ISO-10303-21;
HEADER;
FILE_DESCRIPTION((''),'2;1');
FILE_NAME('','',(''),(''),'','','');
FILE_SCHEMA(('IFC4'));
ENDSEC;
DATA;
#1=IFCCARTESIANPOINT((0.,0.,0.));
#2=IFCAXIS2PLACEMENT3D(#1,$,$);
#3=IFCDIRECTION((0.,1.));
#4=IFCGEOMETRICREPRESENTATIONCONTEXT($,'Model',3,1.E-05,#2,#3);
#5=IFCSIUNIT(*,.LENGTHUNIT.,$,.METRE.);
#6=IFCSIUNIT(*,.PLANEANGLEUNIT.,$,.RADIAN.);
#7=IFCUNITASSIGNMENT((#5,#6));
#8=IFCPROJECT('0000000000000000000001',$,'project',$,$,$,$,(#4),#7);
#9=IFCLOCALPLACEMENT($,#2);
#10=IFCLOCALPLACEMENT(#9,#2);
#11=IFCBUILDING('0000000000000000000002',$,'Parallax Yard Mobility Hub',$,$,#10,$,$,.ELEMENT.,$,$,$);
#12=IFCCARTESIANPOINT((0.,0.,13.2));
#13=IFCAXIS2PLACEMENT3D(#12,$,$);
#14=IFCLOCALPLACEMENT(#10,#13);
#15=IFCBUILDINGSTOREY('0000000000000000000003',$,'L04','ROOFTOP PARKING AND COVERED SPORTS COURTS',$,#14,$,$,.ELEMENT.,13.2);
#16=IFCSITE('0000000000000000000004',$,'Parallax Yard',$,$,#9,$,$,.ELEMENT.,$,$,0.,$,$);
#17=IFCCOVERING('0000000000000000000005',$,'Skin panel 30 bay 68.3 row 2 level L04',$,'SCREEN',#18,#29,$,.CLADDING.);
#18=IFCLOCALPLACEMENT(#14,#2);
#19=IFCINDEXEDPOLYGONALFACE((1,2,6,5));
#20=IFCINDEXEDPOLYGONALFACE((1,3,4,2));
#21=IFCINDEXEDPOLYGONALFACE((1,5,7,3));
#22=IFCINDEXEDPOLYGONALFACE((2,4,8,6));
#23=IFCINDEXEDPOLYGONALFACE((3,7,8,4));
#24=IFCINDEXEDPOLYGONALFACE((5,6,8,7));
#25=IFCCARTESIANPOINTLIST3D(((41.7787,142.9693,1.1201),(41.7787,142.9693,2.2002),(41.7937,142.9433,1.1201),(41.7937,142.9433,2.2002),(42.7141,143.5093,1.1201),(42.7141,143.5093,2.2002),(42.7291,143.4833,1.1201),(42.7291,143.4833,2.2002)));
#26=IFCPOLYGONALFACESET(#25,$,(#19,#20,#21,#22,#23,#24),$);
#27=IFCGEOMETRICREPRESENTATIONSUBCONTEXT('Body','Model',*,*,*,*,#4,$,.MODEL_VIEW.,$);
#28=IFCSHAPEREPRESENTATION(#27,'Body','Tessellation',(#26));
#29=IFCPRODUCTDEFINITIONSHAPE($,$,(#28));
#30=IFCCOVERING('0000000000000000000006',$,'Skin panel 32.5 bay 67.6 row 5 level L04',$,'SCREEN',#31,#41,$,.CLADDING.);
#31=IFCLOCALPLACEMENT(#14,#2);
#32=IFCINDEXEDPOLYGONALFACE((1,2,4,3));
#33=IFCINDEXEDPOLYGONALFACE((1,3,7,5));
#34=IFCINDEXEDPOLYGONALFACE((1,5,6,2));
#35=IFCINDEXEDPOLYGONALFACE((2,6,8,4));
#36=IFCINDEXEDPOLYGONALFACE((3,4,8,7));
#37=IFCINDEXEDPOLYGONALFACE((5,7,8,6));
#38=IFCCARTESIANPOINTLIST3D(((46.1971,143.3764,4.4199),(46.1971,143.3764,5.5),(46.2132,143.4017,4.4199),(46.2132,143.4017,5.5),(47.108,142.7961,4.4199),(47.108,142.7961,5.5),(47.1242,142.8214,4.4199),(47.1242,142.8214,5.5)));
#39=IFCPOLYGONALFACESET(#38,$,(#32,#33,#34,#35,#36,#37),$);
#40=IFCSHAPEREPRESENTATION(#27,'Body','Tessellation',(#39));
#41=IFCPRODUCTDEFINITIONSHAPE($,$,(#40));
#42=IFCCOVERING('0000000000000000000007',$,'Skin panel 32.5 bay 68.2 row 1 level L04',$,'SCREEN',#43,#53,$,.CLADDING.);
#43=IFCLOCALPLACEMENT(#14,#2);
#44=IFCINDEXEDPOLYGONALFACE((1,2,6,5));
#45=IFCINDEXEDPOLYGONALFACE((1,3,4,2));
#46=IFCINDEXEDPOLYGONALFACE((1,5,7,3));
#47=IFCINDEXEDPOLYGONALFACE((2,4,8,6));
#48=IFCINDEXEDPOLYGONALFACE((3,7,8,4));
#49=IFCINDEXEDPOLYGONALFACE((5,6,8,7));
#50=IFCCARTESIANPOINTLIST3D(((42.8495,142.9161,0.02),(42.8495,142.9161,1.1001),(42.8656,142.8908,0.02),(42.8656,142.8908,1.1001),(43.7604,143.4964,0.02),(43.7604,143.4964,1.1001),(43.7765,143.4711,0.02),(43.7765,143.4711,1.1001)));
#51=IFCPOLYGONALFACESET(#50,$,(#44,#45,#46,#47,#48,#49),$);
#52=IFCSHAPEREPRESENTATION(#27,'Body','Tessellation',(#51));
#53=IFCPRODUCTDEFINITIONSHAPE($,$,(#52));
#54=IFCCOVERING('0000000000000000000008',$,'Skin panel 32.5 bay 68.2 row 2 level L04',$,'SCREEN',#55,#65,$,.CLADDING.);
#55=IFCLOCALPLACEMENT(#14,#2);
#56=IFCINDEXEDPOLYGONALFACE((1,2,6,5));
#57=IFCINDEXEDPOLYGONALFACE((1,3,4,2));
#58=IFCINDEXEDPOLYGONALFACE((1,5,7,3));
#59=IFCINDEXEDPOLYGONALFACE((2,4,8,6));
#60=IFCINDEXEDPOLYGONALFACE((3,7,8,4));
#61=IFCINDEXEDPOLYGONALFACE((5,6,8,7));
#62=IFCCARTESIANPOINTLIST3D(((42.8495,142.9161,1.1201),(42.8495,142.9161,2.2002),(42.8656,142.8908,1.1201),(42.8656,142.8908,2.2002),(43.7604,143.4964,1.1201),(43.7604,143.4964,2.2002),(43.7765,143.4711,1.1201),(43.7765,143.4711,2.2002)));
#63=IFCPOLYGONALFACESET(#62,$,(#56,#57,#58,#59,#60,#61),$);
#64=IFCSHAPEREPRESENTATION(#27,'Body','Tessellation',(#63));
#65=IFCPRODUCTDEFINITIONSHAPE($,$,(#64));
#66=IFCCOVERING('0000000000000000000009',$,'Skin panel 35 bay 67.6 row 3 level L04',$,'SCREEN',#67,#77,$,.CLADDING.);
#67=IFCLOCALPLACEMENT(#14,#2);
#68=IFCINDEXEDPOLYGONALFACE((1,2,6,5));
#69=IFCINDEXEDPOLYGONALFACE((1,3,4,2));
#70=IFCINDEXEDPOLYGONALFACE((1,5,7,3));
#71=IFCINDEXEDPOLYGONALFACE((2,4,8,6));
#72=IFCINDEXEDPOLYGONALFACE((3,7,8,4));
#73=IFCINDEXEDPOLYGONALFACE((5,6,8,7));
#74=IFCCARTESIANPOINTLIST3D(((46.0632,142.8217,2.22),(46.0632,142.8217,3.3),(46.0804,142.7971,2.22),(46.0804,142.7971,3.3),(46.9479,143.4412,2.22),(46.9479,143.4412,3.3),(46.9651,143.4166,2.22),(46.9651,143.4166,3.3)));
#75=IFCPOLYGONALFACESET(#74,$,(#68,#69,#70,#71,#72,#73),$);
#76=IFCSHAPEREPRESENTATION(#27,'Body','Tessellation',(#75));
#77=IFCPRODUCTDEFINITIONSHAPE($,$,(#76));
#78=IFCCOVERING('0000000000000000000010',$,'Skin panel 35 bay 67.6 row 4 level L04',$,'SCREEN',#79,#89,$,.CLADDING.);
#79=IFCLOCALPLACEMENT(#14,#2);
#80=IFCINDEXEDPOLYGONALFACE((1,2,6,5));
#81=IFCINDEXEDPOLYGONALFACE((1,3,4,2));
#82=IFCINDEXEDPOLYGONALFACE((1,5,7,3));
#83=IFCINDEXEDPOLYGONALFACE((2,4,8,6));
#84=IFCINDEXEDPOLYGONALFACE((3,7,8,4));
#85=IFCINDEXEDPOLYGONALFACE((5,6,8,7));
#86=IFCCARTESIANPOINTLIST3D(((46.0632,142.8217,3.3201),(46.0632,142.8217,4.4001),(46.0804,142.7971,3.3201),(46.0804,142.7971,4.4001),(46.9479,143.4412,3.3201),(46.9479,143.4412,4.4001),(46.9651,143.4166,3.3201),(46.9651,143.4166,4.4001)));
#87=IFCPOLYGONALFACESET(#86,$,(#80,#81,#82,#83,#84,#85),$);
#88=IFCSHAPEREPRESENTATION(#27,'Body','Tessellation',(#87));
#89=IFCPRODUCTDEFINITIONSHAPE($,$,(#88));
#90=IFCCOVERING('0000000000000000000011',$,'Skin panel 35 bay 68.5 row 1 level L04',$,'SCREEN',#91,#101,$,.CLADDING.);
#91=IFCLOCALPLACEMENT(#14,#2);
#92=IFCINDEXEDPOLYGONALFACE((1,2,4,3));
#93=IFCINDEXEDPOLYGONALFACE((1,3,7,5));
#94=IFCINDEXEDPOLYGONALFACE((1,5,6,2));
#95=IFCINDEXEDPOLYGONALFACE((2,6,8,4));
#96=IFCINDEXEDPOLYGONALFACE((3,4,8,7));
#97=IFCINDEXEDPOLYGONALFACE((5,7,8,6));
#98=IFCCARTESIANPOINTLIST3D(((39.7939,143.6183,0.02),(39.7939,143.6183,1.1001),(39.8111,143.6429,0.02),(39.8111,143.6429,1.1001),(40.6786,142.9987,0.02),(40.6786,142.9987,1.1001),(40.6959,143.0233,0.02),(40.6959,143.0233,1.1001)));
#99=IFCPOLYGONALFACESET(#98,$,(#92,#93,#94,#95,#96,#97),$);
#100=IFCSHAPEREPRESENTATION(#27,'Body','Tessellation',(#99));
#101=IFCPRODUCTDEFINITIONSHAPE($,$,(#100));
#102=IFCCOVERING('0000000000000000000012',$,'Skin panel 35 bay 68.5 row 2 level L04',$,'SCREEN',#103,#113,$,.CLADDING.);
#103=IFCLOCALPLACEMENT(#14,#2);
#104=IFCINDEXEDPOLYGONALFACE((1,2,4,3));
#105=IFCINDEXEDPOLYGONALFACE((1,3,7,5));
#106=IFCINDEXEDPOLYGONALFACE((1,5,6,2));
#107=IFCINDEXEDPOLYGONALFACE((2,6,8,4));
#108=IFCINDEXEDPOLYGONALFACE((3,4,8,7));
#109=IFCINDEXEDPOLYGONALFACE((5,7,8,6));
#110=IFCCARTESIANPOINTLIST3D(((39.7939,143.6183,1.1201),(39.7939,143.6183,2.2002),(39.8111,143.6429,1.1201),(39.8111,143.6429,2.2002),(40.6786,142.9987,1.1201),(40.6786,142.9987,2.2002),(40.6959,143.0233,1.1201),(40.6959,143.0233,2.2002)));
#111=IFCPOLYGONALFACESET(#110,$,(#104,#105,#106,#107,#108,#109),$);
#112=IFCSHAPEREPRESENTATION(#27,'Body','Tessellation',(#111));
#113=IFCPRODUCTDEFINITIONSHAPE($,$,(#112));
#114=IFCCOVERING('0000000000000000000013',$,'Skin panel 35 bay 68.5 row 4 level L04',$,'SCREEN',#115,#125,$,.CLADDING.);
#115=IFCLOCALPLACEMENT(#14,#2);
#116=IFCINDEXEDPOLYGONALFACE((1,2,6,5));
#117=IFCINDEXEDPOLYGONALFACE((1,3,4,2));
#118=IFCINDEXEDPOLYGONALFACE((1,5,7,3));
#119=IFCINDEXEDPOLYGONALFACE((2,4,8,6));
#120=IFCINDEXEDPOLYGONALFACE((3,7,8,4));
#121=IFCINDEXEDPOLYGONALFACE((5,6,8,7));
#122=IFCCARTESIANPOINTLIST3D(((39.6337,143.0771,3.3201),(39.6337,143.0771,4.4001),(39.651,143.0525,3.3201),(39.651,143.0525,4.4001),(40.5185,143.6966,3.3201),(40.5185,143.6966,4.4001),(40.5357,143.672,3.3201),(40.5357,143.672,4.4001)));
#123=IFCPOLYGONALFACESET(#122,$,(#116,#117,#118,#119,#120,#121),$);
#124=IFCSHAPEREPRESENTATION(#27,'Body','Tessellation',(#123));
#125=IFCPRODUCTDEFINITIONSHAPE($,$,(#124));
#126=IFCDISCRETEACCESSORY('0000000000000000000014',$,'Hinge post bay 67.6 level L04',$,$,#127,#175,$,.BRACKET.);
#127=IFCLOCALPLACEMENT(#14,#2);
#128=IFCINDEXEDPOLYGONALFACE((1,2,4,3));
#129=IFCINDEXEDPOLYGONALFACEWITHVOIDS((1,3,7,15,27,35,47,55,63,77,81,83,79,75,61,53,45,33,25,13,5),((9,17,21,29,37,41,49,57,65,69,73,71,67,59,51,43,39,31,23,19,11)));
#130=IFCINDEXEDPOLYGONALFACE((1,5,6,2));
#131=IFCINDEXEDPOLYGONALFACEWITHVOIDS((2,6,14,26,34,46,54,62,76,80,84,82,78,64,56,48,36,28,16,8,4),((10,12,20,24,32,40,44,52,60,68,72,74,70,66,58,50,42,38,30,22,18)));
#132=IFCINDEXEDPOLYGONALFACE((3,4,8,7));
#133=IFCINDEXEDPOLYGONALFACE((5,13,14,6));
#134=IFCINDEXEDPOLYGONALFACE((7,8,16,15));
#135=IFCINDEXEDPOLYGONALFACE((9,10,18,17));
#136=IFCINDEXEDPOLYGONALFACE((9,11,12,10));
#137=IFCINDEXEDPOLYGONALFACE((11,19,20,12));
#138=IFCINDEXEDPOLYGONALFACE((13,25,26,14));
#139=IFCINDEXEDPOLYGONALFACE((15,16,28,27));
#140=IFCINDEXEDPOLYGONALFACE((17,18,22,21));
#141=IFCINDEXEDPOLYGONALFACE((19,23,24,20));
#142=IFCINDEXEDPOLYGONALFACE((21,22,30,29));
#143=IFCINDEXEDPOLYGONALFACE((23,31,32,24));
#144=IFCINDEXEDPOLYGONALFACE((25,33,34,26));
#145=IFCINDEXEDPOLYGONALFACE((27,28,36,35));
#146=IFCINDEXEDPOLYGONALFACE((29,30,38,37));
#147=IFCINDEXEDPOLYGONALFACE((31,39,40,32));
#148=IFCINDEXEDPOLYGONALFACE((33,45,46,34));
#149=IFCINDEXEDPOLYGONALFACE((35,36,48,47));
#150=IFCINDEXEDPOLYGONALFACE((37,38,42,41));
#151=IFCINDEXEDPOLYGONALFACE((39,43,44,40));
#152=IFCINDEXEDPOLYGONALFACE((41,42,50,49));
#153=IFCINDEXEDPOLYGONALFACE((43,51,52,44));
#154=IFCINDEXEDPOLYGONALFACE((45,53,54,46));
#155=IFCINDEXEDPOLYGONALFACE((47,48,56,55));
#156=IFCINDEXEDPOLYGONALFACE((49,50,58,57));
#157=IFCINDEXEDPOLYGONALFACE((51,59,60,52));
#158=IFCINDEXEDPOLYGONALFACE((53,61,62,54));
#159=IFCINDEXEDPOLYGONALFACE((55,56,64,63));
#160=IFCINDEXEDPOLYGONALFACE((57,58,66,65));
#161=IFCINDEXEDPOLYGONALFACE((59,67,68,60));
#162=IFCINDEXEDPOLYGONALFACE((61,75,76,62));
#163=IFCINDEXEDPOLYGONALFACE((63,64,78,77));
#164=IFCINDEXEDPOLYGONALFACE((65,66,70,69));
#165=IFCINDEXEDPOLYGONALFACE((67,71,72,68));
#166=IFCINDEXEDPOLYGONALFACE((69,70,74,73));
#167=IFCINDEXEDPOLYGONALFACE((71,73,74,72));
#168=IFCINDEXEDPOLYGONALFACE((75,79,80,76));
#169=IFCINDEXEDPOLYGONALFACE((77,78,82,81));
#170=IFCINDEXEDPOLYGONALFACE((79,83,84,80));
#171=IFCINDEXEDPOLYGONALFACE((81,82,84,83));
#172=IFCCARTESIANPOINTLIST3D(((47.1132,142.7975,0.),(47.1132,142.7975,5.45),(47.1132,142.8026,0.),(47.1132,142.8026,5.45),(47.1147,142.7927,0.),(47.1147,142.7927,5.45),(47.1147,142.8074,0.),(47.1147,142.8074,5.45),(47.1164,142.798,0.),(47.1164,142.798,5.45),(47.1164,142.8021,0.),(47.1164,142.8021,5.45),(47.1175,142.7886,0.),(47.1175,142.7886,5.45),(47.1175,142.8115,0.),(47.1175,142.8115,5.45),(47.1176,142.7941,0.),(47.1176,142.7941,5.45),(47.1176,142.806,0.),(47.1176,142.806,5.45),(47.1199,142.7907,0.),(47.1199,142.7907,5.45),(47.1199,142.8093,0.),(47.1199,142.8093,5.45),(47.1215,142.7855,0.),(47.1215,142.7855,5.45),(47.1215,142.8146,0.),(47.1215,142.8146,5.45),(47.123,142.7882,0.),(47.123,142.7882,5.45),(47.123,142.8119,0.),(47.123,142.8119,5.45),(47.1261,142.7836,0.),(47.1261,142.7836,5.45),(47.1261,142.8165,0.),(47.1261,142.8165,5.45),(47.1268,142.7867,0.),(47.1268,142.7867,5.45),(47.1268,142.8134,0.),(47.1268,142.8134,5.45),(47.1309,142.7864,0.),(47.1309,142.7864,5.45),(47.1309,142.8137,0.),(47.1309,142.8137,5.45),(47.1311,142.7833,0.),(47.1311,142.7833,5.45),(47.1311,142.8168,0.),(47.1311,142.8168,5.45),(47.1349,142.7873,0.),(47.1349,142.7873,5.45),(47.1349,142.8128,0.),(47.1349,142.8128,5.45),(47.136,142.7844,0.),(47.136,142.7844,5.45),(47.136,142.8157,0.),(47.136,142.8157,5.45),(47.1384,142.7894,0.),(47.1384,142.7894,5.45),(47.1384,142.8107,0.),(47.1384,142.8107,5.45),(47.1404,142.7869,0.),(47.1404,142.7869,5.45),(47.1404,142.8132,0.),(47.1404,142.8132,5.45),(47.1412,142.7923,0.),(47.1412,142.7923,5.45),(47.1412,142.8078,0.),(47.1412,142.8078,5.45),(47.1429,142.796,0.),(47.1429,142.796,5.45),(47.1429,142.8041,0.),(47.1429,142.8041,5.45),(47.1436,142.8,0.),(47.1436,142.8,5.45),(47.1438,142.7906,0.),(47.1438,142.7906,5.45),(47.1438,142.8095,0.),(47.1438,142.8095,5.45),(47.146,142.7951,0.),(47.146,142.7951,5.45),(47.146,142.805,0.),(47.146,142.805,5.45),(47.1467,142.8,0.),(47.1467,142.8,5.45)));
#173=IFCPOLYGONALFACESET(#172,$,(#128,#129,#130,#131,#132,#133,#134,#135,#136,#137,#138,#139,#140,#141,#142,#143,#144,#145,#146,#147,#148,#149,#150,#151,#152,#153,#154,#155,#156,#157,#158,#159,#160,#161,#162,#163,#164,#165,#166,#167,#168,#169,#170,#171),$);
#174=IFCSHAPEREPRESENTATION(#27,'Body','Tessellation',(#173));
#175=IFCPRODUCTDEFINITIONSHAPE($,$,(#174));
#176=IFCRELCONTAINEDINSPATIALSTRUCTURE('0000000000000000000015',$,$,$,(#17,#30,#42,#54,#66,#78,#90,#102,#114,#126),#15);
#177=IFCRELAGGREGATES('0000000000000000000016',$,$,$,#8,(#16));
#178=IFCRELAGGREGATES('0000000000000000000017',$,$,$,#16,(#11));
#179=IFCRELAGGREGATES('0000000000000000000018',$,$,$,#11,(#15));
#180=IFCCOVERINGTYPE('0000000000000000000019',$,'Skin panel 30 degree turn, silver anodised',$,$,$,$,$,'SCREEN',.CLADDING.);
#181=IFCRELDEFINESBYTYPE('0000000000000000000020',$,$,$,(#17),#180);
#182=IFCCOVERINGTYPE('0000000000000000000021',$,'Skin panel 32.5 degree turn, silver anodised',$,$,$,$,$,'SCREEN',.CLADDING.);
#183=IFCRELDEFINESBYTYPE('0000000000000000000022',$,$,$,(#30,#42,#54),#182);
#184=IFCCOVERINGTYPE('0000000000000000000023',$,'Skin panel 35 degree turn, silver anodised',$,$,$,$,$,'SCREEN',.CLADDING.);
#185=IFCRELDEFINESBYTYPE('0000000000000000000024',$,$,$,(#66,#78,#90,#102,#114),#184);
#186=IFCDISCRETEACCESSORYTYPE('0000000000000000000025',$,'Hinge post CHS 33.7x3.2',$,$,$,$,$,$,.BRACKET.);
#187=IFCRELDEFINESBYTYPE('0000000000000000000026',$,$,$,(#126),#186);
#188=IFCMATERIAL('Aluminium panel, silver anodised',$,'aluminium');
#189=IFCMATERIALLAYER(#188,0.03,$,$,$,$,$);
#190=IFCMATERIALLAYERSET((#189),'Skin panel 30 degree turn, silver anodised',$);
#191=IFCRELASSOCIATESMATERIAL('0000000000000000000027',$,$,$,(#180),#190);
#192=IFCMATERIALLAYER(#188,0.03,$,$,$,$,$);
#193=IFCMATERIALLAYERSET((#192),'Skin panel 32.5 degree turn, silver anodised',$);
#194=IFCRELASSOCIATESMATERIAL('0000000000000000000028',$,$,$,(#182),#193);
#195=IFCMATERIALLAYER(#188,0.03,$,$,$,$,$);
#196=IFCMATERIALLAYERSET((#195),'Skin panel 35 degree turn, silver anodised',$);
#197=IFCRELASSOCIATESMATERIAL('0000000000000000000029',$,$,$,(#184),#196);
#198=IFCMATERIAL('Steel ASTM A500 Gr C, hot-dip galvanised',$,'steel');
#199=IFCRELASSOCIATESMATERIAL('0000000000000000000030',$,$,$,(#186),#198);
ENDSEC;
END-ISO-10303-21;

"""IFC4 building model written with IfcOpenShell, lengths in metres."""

from ifc_helpers import new_model, si_unit, direction, frame, origin, origin_2d, place, context, subcontext, project, spatial, rectangle, hollow_circle, extrude, material, layer, layer_set, material_profile, profile_set, type_object, element, save


model = new_model("IFC4")

# Units and contexts
model_context = context("Model", 3, precision=1e-05, world=origin(), true_north=direction((0.0, 1.0)))
body_context = subcontext(model_context, "Body", "Model", "MODEL_VIEW")
ifc_project = project(units=[si_unit("LENGTHUNIT", "METRE"), si_unit("PLANEANGLEUNIT", "RADIAN")], contexts=[model_context])

# Site, building, storey
site_placement = place(None, origin())
site = spatial("IfcSite", under=ifc_project, at=site_placement, Name="Parallax Yard", CompositionType="ELEMENT", RefElevation=0.0)
building_placement = place(site_placement, origin())
building = spatial("IfcBuilding", under=site, at=building_placement, Name="Parallax Yard Mobility Hub", CompositionType="ELEMENT")
storey_placement = place(building_placement, frame((0.0, 0.0, 13.2)))
storey = spatial("IfcBuildingStorey", under=building, at=storey_placement, Name="L04", Description="ROOFTOP PARKING AND COVERED SPORTS COURTS", CompositionType="ELEMENT", Elevation=13.2)

# Coverings
ifc_material_1 = material(Name="Aluminium panel, silver anodised", Category="aluminium")
ifc_layer_1 = layer(ifc_material_1, 0.03)
ifc_layer_set_1 = layer_set([ifc_layer_1], Name="Skin panel 30 degree turn, silver anodised")
covering_type_1 = type_object("IfcCoveringType", Name="Skin panel 30 degree turn, silver anodised", ElementType="SCREEN", PredefinedType="CLADDING", material=ifc_layer_set_1)
for number, where, z_axis, x_axis, name in (
    (1, (42.2539, 143.2263, 1.1201), (0.0, 0.0, 1.0), (0.866025, 0.5, 0.0), "Skin panel 30 bay 68.3 row 2 level L04"),
):
    element("IfcCovering", number, at=place(storey_placement, frame(where, z_axis=z_axis, x_axis=x_axis)), inside=storey, type_object=covering_type_1, Name=name, ObjectType="SCREEN", PredefinedType="CLADDING", context=body_context, shape_type="SweptSolid", body=[
        extrude(rectangle(XDim=1.0801, YDim=0.03, at=origin_2d()), origin(), (0.0, 0.0, 1.0), 1.0801),
    ])
ifc_layer_2 = layer(ifc_material_1, 0.03)
ifc_layer_set_2 = layer_set([ifc_layer_2], Name="Skin panel 32.5 degree turn, silver anodised")
covering_type_2 = type_object("IfcCoveringType", Name="Skin panel 32.5 degree turn, silver anodised", ElementType="SCREEN", PredefinedType="CLADDING", material=ifc_layer_set_2)
for number, where, z_axis, x_axis, name in (
    (2, (46.6606, 143.0989, 4.4199), (0.0, 0.0, 1.0), (-0.843391, 0.5373, 0.0), "Skin panel 32.5 bay 67.6 row 5 level L04"),
    (3, (43.313, 143.1936, 0.02), (0.0, 0.0, 1.0), (0.843391, 0.5373, 0.0), "Skin panel 32.5 bay 68.2 row 1 level L04"),
    (4, (43.313, 143.1936, 1.1201), (0.0, 0.0, 1.0), (0.843391, 0.5373, 0.0), "Skin panel 32.5 bay 68.2 row 2 level L04"),
):
    element("IfcCovering", number, at=place(storey_placement, frame(where, z_axis=z_axis, x_axis=x_axis)), inside=storey, type_object=covering_type_2, Name=name, ObjectType="SCREEN", PredefinedType="CLADDING", context=body_context, shape_type="SweptSolid", body=[
        extrude(rectangle(XDim=1.0801, YDim=0.03, at=origin_2d()), origin(), (0.0, 0.0, 1.0), 1.0801),
    ])
ifc_layer_3 = layer(ifc_material_1, 0.03)
ifc_layer_set_3 = layer_set([ifc_layer_3], Name="Skin panel 35 degree turn, silver anodised")
covering_type_3 = type_object("IfcCoveringType", Name="Skin panel 35 degree turn, silver anodised", ElementType="SCREEN", PredefinedType="CLADDING", material=ifc_layer_set_3)
for number, where, z_axis, x_axis, name in (
    (5, (46.5142, 143.1191, 2.22), (0.0, 0.0, 1.0), (0.819152, 0.573576, 0.0), "Skin panel 35 bay 67.6 row 3 level L04"),
    (6, (46.5142, 143.1191, 3.3201), (0.0, 0.0, 1.0), (0.819152, 0.573576, 0.0), "Skin panel 35 bay 67.6 row 4 level L04"),
    (7, (40.2449, 143.3208, 0.02), (0.0, 0.0, 1.0), (-0.819152, 0.573576, 0.0), "Skin panel 35 bay 68.5 row 1 level L04"),
    (8, (40.2449, 143.3208, 1.1201), (0.0, 0.0, 1.0), (-0.819152, 0.573576, 0.0), "Skin panel 35 bay 68.5 row 2 level L04"),
    (9, (40.0847, 143.3745, 3.3201), (0.0, 0.0, 1.0), (0.819152, 0.573576, 0.0), "Skin panel 35 bay 68.5 row 4 level L04"),
):
    element("IfcCovering", number, at=place(storey_placement, frame(where, z_axis=z_axis, x_axis=x_axis)), inside=storey, type_object=covering_type_3, Name=name, ObjectType="SCREEN", PredefinedType="CLADDING", context=body_context, shape_type="SweptSolid", body=[
        extrude(rectangle(XDim=1.0801, YDim=0.03, at=origin_2d()), origin(), (0.0, 0.0, 1.0), 1.0801),
    ])

# Discrete accessory
ifc_material_2 = material(Name="Steel ASTM A500 Gr C, hot-dip galvanised", Category="steel")
ifc_material_profile = material_profile(ifc_material_2, hollow_circle(Radius=0.0168, WallThickness=0.0032, at=origin_2d()), Name="CHS 33.7x3.2")
ifc_profile_set = profile_set([ifc_material_profile], Name="Steel ASTM A500 Gr C, hot-dip galvanised")
discrete_accessory_type = type_object("IfcDiscreteAccessoryType", Name="Hinge post CHS 33.7x3.2", PredefinedType="BRACKET", material=ifc_profile_set)
discrete_accessory_1_placement = place(storey_placement, frame((47.1299, 142.8, 0.0), z_axis=(0.0, 0.0, 1.0), x_axis=(1.0, 0.0, 0.0)))
element("IfcDiscreteAccessory", 10, at=discrete_accessory_1_placement, inside=storey, type_object=discrete_accessory_type, Name="Hinge post bay 67.6 level L04", PredefinedType="BRACKET", context=body_context, shape_type="SweptSolid", body=[
    extrude(hollow_circle(Radius=0.0168, WallThickness=0.0032, at=origin_2d()), origin(), (0.0, 0.0, 1.0), 5.45),
])

save(model, "model.ifc")
